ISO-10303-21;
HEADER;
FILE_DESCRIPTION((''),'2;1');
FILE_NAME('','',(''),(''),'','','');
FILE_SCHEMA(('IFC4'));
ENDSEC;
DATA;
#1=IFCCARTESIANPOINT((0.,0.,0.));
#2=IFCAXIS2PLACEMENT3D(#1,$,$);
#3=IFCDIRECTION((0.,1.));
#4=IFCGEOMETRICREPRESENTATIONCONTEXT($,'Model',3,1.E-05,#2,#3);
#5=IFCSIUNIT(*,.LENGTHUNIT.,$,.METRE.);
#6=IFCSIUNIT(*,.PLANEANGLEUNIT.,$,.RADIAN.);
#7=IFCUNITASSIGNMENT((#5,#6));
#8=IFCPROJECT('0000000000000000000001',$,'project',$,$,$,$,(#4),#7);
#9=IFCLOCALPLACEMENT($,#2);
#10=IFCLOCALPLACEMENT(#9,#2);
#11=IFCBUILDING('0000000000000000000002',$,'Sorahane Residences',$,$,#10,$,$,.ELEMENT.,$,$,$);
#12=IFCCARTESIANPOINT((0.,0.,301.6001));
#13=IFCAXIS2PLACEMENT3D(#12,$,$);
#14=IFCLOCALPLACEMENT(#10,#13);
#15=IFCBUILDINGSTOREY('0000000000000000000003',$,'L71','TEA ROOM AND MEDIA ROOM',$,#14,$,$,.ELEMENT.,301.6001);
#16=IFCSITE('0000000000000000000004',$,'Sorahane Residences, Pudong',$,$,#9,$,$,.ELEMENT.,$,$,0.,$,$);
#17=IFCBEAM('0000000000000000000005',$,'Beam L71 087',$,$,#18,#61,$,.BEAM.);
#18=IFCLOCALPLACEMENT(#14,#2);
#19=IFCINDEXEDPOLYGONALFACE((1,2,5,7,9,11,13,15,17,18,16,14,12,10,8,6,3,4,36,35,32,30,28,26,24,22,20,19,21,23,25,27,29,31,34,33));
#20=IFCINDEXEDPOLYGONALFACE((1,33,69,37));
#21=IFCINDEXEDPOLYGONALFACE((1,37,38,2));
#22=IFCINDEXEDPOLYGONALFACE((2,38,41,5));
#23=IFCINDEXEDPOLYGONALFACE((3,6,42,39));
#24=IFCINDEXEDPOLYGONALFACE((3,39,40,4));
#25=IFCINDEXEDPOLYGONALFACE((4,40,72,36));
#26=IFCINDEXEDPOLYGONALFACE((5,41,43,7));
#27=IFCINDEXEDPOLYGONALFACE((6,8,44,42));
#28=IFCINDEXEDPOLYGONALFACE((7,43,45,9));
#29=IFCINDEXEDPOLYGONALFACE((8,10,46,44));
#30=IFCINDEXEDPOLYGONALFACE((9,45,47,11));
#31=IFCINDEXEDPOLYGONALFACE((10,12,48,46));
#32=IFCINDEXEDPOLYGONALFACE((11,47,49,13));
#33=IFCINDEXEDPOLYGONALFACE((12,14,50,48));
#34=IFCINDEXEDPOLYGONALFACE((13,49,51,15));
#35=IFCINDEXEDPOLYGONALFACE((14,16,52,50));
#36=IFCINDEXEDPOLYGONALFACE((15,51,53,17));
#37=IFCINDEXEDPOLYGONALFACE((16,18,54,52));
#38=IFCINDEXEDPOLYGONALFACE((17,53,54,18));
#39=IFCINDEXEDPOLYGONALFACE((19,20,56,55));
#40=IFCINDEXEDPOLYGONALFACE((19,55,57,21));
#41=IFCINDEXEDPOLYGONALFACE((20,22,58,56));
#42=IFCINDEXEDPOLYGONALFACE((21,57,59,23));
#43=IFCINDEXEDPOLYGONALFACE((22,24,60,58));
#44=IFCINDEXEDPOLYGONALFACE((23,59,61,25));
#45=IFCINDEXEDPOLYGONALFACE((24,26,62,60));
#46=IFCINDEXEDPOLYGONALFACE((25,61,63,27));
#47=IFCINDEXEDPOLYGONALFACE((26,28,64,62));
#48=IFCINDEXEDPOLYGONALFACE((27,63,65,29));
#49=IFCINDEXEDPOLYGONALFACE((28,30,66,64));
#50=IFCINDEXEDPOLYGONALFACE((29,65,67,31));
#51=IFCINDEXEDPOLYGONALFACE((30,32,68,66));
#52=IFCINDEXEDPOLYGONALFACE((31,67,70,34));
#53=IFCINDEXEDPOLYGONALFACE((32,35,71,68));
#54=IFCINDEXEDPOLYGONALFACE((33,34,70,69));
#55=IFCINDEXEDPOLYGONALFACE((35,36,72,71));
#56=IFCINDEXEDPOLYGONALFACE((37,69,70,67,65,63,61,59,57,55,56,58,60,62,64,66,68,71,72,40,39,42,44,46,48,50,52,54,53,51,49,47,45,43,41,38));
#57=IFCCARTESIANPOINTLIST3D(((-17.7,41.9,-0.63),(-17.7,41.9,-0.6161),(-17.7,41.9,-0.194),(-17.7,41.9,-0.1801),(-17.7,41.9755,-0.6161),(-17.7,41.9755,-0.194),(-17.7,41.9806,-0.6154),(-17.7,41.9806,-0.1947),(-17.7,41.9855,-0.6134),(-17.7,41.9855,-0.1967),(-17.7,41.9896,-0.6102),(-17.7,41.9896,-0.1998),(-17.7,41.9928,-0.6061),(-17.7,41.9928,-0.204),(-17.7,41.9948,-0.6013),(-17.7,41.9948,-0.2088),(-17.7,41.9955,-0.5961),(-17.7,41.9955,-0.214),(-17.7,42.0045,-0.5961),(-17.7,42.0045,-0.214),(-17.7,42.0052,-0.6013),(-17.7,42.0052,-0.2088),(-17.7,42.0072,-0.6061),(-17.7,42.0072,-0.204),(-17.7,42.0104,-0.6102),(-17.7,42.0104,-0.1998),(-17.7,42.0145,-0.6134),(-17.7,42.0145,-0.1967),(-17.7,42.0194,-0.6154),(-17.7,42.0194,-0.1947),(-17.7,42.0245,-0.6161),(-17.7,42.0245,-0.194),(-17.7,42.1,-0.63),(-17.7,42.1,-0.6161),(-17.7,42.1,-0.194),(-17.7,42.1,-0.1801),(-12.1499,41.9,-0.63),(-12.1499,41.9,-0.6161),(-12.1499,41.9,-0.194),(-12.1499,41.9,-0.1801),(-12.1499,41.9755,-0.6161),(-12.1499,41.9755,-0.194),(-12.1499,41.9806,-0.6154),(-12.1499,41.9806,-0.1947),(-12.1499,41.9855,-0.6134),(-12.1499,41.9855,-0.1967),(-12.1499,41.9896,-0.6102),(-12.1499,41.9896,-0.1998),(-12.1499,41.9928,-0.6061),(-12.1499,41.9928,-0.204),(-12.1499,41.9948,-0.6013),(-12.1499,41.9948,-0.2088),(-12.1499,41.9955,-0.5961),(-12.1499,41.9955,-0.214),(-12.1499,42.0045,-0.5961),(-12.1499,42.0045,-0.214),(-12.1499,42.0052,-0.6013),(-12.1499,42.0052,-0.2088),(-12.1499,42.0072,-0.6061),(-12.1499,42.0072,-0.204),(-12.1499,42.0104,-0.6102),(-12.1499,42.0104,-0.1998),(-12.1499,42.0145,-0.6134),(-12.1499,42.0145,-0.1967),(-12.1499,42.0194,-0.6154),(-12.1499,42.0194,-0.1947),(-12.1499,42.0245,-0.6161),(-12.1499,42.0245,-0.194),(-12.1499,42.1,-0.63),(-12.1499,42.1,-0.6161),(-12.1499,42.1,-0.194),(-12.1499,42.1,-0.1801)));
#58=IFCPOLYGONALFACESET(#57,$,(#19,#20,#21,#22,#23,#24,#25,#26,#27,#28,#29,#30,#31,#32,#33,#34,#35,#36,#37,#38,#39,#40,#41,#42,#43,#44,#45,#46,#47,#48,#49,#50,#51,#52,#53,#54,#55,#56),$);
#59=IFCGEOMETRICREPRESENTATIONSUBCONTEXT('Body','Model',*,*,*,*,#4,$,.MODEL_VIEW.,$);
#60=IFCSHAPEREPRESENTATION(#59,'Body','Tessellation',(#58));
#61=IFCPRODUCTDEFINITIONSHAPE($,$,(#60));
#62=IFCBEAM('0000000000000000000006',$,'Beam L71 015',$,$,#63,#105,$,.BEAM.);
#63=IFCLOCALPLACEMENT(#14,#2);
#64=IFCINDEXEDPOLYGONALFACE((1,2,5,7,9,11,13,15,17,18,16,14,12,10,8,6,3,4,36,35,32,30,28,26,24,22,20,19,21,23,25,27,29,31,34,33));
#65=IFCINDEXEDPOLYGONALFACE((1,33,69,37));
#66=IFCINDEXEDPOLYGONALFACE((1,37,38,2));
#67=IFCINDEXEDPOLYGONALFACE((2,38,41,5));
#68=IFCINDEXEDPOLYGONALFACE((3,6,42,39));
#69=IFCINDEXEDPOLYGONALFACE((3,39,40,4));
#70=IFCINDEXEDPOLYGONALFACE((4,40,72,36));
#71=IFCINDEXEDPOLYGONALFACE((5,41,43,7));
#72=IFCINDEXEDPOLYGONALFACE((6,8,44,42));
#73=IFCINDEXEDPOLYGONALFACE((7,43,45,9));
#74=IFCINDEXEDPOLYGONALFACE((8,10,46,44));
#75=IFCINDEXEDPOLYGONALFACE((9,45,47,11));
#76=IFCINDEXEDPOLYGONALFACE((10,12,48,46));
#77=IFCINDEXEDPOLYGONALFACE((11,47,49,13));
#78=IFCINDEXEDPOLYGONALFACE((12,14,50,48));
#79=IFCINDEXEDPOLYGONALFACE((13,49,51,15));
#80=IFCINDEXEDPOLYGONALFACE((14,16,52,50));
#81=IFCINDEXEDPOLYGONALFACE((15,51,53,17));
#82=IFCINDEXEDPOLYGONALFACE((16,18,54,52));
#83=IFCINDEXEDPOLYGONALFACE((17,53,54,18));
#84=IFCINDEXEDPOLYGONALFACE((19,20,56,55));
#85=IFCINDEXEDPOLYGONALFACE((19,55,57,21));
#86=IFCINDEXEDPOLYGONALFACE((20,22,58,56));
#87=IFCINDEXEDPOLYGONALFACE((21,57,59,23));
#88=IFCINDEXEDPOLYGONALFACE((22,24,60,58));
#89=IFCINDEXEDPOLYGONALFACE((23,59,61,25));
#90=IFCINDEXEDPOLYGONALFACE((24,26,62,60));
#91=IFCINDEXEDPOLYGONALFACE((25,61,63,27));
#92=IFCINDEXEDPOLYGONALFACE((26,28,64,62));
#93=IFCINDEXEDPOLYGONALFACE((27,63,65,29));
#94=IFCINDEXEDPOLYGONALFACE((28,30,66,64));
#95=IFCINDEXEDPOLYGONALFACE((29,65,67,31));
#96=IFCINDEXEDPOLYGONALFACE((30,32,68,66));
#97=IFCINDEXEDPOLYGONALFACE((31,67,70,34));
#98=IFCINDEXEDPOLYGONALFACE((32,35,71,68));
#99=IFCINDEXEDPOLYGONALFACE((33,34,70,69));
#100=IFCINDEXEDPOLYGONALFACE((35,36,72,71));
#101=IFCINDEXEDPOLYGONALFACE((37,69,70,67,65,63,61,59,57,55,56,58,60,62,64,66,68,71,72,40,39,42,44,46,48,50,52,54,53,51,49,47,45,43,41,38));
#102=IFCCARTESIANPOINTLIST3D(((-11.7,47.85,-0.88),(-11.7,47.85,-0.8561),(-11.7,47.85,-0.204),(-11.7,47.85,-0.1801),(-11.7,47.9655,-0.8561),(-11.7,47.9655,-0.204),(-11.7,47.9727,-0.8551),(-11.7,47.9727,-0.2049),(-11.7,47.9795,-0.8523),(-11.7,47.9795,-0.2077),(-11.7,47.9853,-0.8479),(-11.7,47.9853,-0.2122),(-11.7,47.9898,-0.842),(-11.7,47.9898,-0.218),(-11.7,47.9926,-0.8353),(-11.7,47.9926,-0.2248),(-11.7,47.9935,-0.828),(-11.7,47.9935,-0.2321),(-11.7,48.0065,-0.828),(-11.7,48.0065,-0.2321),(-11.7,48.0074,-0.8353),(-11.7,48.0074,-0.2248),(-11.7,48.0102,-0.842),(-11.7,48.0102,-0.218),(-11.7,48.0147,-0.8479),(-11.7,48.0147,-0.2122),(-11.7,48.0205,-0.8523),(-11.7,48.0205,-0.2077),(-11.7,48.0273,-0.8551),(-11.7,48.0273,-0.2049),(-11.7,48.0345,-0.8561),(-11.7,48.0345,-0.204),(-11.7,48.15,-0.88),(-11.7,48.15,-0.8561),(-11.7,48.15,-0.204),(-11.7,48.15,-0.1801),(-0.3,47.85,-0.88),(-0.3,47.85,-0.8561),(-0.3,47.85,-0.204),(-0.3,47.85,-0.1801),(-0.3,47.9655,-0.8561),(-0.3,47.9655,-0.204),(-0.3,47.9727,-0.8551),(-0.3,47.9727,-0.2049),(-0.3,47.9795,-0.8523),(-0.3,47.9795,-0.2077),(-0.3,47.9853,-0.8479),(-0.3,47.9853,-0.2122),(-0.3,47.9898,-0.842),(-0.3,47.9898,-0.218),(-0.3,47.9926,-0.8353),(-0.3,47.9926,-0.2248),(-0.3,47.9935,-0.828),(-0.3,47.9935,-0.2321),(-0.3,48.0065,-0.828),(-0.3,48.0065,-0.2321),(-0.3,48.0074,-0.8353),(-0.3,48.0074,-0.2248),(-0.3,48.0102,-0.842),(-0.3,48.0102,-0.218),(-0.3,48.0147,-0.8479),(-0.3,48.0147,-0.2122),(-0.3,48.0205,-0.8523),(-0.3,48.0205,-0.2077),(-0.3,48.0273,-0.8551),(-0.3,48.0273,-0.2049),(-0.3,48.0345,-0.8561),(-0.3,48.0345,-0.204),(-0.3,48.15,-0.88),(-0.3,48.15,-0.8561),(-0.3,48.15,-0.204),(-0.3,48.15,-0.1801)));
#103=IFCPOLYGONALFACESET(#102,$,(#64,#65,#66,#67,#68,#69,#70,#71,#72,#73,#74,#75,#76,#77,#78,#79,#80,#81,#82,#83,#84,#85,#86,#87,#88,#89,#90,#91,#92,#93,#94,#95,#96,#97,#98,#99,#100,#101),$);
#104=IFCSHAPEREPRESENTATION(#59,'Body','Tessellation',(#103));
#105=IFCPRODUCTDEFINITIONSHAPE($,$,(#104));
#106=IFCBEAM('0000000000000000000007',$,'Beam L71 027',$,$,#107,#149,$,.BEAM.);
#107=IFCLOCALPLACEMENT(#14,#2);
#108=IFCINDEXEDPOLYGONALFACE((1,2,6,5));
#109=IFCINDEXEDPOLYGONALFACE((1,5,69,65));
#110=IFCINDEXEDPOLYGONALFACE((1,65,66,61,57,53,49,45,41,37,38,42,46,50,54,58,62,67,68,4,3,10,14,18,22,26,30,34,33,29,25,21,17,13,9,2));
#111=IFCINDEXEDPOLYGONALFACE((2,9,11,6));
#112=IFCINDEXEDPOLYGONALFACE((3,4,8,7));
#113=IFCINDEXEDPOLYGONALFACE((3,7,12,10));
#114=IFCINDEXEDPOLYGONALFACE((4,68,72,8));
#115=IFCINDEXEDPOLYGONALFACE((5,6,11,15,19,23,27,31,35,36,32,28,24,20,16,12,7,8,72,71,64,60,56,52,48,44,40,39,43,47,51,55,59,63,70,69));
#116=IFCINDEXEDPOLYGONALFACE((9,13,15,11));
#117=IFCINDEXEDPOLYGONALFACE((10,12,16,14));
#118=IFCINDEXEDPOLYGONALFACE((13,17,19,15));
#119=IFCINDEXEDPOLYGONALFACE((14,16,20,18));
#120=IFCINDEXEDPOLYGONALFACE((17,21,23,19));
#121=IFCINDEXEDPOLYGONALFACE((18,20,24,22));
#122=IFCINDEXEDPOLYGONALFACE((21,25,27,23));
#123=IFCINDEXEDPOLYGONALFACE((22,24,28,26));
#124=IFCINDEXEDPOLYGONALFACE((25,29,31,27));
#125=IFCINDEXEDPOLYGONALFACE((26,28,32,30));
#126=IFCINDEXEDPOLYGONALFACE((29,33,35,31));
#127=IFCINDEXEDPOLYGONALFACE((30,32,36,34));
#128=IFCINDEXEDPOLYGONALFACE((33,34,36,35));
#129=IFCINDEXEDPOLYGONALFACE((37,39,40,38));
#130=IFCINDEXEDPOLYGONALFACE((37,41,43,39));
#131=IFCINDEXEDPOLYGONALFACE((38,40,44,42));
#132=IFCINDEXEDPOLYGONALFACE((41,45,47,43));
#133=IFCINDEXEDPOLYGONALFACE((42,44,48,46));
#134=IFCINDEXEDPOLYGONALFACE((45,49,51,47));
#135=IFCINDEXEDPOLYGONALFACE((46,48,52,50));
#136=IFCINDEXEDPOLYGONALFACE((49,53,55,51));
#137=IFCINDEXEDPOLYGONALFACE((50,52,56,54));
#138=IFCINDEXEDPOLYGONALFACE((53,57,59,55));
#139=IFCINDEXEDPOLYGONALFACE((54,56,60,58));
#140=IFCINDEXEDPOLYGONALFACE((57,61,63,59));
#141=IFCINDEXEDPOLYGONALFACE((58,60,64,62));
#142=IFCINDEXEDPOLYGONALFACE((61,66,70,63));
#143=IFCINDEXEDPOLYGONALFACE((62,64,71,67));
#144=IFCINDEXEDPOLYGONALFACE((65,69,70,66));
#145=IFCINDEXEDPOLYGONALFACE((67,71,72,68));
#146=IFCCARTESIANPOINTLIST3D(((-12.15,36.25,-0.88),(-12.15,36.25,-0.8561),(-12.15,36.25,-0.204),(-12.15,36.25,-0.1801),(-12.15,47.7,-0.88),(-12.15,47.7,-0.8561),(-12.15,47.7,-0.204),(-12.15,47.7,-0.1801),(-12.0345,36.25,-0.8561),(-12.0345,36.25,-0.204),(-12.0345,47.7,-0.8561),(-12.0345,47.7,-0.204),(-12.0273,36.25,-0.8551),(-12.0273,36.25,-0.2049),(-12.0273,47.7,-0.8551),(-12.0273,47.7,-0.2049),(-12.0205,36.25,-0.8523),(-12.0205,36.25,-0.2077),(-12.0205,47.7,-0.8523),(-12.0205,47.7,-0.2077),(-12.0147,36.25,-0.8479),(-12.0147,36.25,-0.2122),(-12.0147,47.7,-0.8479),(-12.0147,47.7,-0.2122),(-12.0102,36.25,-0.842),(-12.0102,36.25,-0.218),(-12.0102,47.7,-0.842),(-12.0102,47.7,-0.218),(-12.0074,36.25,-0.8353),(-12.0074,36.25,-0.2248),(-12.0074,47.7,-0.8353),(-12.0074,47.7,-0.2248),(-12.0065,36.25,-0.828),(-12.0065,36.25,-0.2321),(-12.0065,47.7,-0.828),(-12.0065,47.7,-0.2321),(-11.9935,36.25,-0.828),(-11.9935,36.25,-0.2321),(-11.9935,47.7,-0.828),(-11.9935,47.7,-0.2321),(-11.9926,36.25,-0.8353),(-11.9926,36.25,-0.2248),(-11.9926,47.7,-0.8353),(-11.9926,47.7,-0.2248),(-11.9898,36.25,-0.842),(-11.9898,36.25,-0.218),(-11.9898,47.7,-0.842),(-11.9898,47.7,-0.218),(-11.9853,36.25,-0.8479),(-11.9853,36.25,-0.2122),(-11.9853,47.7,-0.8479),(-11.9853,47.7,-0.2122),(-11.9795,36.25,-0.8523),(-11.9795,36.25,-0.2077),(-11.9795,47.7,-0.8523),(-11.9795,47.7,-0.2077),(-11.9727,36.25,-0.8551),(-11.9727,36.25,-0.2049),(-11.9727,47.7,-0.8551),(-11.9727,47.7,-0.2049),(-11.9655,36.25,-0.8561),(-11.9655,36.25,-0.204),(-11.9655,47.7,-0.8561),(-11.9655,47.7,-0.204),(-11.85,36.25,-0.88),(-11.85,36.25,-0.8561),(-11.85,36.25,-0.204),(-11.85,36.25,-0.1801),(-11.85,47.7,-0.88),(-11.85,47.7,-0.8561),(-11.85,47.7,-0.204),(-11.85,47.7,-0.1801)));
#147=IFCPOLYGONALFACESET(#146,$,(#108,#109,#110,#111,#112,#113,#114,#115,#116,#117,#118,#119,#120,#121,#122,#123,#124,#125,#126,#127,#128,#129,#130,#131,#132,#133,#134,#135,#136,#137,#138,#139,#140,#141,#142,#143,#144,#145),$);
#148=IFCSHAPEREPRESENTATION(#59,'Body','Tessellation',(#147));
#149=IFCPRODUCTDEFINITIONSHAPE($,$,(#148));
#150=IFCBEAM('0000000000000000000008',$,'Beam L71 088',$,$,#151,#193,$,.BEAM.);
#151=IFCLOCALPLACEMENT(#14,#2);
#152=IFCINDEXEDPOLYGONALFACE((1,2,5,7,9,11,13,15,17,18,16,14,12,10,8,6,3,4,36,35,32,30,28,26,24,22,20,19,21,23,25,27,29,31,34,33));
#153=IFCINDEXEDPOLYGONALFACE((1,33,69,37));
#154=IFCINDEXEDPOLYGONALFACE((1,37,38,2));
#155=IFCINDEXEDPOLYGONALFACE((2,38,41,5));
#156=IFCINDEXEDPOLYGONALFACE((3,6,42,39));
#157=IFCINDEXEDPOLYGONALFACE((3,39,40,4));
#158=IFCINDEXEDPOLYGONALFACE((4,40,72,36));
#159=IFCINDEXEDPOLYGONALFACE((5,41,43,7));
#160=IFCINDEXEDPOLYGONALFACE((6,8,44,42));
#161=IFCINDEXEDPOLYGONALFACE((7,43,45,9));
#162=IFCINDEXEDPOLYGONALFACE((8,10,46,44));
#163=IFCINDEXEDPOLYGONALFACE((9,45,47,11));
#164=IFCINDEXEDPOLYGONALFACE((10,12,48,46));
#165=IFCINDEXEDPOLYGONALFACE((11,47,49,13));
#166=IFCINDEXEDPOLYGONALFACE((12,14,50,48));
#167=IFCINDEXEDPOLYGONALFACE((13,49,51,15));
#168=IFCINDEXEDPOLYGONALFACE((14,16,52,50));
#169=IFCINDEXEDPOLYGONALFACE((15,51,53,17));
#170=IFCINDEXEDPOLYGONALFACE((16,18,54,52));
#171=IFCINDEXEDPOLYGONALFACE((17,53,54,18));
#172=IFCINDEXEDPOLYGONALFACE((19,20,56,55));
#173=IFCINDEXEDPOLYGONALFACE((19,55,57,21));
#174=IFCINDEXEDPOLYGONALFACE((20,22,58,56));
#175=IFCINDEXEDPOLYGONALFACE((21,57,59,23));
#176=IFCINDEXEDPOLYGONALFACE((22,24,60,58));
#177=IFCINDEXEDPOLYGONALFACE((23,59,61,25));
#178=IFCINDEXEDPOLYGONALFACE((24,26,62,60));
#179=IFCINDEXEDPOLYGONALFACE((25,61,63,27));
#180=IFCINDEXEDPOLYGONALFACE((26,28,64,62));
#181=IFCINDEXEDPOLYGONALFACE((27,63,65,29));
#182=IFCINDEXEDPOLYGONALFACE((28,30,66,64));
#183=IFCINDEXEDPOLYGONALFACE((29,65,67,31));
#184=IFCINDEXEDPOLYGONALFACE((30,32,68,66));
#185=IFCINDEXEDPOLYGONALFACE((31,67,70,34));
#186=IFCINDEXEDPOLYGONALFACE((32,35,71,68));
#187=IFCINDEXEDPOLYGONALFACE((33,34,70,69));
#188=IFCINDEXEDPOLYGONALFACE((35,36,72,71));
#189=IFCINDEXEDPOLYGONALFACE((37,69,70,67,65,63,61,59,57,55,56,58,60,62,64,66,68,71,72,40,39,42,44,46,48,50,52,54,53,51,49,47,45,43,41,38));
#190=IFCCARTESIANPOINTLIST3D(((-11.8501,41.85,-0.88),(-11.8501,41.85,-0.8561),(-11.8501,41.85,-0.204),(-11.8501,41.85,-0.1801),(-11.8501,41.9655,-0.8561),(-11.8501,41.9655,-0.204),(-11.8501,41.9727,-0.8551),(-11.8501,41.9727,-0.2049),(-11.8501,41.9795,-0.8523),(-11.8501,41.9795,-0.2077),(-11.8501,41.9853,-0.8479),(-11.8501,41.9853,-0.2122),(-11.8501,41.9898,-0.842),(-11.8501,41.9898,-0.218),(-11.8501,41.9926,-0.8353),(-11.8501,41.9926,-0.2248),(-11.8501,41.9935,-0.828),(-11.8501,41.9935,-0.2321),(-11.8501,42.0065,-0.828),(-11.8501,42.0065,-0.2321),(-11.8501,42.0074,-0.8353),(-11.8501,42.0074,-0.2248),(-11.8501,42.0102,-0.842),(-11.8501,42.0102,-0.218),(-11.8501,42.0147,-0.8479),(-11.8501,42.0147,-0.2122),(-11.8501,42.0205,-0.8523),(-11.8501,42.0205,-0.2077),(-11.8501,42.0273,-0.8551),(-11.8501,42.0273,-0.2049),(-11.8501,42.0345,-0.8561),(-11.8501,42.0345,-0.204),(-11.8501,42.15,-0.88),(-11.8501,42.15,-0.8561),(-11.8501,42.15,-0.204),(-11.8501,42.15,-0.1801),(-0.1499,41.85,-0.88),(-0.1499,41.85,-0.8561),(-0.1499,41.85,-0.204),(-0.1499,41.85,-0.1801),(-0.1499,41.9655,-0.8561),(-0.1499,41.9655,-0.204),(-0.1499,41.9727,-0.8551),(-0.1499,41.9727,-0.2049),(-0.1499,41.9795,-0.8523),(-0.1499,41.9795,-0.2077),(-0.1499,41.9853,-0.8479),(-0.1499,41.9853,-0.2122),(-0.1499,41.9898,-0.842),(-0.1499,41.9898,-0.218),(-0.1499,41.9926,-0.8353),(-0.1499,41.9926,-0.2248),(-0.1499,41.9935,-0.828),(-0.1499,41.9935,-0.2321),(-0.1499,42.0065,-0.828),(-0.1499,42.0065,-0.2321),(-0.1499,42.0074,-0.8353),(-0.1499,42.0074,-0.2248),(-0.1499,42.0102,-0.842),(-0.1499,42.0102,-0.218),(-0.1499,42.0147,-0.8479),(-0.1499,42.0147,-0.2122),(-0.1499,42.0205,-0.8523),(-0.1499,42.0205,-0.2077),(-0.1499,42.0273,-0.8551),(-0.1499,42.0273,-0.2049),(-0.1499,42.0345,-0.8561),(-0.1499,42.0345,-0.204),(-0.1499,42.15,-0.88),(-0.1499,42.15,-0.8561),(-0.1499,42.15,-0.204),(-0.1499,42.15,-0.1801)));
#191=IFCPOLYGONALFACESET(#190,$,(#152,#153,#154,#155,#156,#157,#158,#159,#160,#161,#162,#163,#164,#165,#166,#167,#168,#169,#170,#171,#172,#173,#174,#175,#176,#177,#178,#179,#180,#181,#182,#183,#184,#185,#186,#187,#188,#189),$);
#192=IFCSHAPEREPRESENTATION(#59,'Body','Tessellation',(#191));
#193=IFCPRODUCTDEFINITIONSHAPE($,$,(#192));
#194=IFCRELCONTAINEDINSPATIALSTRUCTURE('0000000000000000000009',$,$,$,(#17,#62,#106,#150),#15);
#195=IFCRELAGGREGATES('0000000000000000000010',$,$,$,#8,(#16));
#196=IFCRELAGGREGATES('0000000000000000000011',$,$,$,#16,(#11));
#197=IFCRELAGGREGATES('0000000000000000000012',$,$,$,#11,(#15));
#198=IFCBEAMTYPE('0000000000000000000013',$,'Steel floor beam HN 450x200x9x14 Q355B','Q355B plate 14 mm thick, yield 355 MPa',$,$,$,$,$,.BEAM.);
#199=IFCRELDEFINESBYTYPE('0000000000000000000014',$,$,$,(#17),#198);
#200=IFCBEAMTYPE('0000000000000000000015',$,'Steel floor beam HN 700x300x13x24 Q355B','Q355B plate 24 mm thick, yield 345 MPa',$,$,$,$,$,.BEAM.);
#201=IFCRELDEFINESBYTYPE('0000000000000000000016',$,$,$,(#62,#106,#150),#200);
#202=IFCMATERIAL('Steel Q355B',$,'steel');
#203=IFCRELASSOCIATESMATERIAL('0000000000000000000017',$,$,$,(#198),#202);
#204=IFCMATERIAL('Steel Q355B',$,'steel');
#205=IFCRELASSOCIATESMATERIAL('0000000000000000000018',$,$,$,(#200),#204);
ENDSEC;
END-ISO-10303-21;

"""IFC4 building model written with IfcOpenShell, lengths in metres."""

from ifc_helpers import new_model, si_unit, direction, frame, origin, origin_2d, place, context, subcontext, project, spatial, i_section, extrude, material, material_profile, profile_set, type_object, element, save


model = new_model("IFC4")

# Units and contexts
model_context = context("Model", 3, precision=1e-05, world=origin(), true_north=direction((0.0, 1.0)))
body_context = subcontext(model_context, "Body", "Model", "MODEL_VIEW")
ifc_project = project(units=[si_unit("LENGTHUNIT", "METRE"), si_unit("PLANEANGLEUNIT", "RADIAN")], contexts=[model_context])

# Site, building, storey
site_placement = place(None, origin())
site = spatial("IfcSite", under=ifc_project, at=site_placement, Name="Sorahane Residences, Pudong", CompositionType="ELEMENT", RefElevation=0.0)
building_placement = place(site_placement, origin())
building = spatial("IfcBuilding", under=site, at=building_placement, Name="Sorahane Residences", CompositionType="ELEMENT")
storey_placement = place(building_placement, frame((0.0, 0.0, 301.6001)))
storey = spatial("IfcBuildingStorey", under=building, at=storey_placement, Name="L71", Description="TEA ROOM AND MEDIA ROOM", CompositionType="ELEMENT", Elevation=301.6001)

# Beams
ifc_material_1 = material(Name="Steel Q355B", Category="steel")
ifc_material_profile_1 = material_profile(ifc_material_1, i_section(OverallWidth=0.2, OverallDepth=0.45, WebThickness=0.009, FlangeThickness=0.0139, FilletRadius=0.02, at=origin_2d()), Name="HN 450x200x9x14")
ifc_profile_set_1 = profile_set([ifc_material_profile_1], Name="Steel Q355B")
beam_type_1 = type_object("IfcBeamType", Name="Steel floor beam HN 450x200x9x14 Q355B", Description="Q355B plate 14 mm thick, yield 355 MPa", PredefinedType="BEAM", material=ifc_profile_set_1)
beam_1_placement = place(storey_placement, frame((-17.7, 42.0, -0.405), z_axis=(1.0, 0.0, 0.0), x_axis=(0.0, 1.0, 0.0)))
element("IfcBeam", 1, at=beam_1_placement, inside=storey, type_object=beam_type_1, Name="Beam L71 087", PredefinedType="BEAM", context=body_context, shape_type="SweptSolid", body=[
    extrude(i_section(OverallWidth=0.2, OverallDepth=0.45, WebThickness=0.009, FlangeThickness=0.0139, FilletRadius=0.02, at=origin_2d()), origin(), (0.0, 0.0, 1.0), 5.55),
])
ifc_material_2 = material(Name="Steel Q355B", Category="steel")
ifc_material_profile_2 = material_profile(ifc_material_2, i_section(OverallWidth=0.3, OverallDepth=0.7, WebThickness=0.0129, FlangeThickness=0.0239, FilletRadius=0.0281, at=origin_2d()), Name="HN 700x300x13x24")
ifc_profile_set_2 = profile_set([ifc_material_profile_2], Name="Steel Q355B")
beam_type_2 = type_object("IfcBeamType", Name="Steel floor beam HN 700x300x13x24 Q355B", Description="Q355B plate 24 mm thick, yield 345 MPa", PredefinedType="BEAM", material=ifc_profile_set_2)
beam_2_placement = place(storey_placement, frame((-11.7, 48.0, -0.53), z_axis=(1.0, 0.0, 0.0), x_axis=(0.0, 1.0, 0.0)))
element("IfcBeam", 2, at=beam_2_placement, inside=storey, type_object=beam_type_2, Name="Beam L71 015", PredefinedType="BEAM", context=body_context, shape_type="SweptSolid", body=[
    extrude(i_section(OverallWidth=0.3, OverallDepth=0.7, WebThickness=0.0129, FlangeThickness=0.0239, FilletRadius=0.0281, at=origin_2d()), origin(), (0.0, 0.0, 1.0), 11.3999),
])
beam_3_placement = place(storey_placement, frame((-12.0, 36.25, -0.53), z_axis=(0.0, 1.0, 0.0), x_axis=(-1.0, 0.0, 0.0)))
element("IfcBeam", 3, at=beam_3_placement, inside=storey, type_object=beam_type_2, Name="Beam L71 027", PredefinedType="BEAM", context=body_context, shape_type="SweptSolid", body=[
    extrude(i_section(OverallWidth=0.3, OverallDepth=0.7, WebThickness=0.0129, FlangeThickness=0.0239, FilletRadius=0.0281, at=origin_2d()), origin(), (0.0, 0.0, 1.0), 11.45),
])
beam_4_placement = place(storey_placement, frame((-11.8501, 42.0, -0.53), z_axis=(1.0, 0.0, 0.0), x_axis=(0.0, 1.0, 0.0)))
element("IfcBeam", 4, at=beam_4_placement, inside=storey, type_object=beam_type_2, Name="Beam L71 088", PredefinedType="BEAM", context=body_context, shape_type="SweptSolid", body=[
    extrude(i_section(OverallWidth=0.3, OverallDepth=0.7, WebThickness=0.0129, FlangeThickness=0.0239, FilletRadius=0.0281, at=origin_2d()), origin(), (0.0, 0.0, 1.0), 11.7002),
])

save(model, "model.ifc")
